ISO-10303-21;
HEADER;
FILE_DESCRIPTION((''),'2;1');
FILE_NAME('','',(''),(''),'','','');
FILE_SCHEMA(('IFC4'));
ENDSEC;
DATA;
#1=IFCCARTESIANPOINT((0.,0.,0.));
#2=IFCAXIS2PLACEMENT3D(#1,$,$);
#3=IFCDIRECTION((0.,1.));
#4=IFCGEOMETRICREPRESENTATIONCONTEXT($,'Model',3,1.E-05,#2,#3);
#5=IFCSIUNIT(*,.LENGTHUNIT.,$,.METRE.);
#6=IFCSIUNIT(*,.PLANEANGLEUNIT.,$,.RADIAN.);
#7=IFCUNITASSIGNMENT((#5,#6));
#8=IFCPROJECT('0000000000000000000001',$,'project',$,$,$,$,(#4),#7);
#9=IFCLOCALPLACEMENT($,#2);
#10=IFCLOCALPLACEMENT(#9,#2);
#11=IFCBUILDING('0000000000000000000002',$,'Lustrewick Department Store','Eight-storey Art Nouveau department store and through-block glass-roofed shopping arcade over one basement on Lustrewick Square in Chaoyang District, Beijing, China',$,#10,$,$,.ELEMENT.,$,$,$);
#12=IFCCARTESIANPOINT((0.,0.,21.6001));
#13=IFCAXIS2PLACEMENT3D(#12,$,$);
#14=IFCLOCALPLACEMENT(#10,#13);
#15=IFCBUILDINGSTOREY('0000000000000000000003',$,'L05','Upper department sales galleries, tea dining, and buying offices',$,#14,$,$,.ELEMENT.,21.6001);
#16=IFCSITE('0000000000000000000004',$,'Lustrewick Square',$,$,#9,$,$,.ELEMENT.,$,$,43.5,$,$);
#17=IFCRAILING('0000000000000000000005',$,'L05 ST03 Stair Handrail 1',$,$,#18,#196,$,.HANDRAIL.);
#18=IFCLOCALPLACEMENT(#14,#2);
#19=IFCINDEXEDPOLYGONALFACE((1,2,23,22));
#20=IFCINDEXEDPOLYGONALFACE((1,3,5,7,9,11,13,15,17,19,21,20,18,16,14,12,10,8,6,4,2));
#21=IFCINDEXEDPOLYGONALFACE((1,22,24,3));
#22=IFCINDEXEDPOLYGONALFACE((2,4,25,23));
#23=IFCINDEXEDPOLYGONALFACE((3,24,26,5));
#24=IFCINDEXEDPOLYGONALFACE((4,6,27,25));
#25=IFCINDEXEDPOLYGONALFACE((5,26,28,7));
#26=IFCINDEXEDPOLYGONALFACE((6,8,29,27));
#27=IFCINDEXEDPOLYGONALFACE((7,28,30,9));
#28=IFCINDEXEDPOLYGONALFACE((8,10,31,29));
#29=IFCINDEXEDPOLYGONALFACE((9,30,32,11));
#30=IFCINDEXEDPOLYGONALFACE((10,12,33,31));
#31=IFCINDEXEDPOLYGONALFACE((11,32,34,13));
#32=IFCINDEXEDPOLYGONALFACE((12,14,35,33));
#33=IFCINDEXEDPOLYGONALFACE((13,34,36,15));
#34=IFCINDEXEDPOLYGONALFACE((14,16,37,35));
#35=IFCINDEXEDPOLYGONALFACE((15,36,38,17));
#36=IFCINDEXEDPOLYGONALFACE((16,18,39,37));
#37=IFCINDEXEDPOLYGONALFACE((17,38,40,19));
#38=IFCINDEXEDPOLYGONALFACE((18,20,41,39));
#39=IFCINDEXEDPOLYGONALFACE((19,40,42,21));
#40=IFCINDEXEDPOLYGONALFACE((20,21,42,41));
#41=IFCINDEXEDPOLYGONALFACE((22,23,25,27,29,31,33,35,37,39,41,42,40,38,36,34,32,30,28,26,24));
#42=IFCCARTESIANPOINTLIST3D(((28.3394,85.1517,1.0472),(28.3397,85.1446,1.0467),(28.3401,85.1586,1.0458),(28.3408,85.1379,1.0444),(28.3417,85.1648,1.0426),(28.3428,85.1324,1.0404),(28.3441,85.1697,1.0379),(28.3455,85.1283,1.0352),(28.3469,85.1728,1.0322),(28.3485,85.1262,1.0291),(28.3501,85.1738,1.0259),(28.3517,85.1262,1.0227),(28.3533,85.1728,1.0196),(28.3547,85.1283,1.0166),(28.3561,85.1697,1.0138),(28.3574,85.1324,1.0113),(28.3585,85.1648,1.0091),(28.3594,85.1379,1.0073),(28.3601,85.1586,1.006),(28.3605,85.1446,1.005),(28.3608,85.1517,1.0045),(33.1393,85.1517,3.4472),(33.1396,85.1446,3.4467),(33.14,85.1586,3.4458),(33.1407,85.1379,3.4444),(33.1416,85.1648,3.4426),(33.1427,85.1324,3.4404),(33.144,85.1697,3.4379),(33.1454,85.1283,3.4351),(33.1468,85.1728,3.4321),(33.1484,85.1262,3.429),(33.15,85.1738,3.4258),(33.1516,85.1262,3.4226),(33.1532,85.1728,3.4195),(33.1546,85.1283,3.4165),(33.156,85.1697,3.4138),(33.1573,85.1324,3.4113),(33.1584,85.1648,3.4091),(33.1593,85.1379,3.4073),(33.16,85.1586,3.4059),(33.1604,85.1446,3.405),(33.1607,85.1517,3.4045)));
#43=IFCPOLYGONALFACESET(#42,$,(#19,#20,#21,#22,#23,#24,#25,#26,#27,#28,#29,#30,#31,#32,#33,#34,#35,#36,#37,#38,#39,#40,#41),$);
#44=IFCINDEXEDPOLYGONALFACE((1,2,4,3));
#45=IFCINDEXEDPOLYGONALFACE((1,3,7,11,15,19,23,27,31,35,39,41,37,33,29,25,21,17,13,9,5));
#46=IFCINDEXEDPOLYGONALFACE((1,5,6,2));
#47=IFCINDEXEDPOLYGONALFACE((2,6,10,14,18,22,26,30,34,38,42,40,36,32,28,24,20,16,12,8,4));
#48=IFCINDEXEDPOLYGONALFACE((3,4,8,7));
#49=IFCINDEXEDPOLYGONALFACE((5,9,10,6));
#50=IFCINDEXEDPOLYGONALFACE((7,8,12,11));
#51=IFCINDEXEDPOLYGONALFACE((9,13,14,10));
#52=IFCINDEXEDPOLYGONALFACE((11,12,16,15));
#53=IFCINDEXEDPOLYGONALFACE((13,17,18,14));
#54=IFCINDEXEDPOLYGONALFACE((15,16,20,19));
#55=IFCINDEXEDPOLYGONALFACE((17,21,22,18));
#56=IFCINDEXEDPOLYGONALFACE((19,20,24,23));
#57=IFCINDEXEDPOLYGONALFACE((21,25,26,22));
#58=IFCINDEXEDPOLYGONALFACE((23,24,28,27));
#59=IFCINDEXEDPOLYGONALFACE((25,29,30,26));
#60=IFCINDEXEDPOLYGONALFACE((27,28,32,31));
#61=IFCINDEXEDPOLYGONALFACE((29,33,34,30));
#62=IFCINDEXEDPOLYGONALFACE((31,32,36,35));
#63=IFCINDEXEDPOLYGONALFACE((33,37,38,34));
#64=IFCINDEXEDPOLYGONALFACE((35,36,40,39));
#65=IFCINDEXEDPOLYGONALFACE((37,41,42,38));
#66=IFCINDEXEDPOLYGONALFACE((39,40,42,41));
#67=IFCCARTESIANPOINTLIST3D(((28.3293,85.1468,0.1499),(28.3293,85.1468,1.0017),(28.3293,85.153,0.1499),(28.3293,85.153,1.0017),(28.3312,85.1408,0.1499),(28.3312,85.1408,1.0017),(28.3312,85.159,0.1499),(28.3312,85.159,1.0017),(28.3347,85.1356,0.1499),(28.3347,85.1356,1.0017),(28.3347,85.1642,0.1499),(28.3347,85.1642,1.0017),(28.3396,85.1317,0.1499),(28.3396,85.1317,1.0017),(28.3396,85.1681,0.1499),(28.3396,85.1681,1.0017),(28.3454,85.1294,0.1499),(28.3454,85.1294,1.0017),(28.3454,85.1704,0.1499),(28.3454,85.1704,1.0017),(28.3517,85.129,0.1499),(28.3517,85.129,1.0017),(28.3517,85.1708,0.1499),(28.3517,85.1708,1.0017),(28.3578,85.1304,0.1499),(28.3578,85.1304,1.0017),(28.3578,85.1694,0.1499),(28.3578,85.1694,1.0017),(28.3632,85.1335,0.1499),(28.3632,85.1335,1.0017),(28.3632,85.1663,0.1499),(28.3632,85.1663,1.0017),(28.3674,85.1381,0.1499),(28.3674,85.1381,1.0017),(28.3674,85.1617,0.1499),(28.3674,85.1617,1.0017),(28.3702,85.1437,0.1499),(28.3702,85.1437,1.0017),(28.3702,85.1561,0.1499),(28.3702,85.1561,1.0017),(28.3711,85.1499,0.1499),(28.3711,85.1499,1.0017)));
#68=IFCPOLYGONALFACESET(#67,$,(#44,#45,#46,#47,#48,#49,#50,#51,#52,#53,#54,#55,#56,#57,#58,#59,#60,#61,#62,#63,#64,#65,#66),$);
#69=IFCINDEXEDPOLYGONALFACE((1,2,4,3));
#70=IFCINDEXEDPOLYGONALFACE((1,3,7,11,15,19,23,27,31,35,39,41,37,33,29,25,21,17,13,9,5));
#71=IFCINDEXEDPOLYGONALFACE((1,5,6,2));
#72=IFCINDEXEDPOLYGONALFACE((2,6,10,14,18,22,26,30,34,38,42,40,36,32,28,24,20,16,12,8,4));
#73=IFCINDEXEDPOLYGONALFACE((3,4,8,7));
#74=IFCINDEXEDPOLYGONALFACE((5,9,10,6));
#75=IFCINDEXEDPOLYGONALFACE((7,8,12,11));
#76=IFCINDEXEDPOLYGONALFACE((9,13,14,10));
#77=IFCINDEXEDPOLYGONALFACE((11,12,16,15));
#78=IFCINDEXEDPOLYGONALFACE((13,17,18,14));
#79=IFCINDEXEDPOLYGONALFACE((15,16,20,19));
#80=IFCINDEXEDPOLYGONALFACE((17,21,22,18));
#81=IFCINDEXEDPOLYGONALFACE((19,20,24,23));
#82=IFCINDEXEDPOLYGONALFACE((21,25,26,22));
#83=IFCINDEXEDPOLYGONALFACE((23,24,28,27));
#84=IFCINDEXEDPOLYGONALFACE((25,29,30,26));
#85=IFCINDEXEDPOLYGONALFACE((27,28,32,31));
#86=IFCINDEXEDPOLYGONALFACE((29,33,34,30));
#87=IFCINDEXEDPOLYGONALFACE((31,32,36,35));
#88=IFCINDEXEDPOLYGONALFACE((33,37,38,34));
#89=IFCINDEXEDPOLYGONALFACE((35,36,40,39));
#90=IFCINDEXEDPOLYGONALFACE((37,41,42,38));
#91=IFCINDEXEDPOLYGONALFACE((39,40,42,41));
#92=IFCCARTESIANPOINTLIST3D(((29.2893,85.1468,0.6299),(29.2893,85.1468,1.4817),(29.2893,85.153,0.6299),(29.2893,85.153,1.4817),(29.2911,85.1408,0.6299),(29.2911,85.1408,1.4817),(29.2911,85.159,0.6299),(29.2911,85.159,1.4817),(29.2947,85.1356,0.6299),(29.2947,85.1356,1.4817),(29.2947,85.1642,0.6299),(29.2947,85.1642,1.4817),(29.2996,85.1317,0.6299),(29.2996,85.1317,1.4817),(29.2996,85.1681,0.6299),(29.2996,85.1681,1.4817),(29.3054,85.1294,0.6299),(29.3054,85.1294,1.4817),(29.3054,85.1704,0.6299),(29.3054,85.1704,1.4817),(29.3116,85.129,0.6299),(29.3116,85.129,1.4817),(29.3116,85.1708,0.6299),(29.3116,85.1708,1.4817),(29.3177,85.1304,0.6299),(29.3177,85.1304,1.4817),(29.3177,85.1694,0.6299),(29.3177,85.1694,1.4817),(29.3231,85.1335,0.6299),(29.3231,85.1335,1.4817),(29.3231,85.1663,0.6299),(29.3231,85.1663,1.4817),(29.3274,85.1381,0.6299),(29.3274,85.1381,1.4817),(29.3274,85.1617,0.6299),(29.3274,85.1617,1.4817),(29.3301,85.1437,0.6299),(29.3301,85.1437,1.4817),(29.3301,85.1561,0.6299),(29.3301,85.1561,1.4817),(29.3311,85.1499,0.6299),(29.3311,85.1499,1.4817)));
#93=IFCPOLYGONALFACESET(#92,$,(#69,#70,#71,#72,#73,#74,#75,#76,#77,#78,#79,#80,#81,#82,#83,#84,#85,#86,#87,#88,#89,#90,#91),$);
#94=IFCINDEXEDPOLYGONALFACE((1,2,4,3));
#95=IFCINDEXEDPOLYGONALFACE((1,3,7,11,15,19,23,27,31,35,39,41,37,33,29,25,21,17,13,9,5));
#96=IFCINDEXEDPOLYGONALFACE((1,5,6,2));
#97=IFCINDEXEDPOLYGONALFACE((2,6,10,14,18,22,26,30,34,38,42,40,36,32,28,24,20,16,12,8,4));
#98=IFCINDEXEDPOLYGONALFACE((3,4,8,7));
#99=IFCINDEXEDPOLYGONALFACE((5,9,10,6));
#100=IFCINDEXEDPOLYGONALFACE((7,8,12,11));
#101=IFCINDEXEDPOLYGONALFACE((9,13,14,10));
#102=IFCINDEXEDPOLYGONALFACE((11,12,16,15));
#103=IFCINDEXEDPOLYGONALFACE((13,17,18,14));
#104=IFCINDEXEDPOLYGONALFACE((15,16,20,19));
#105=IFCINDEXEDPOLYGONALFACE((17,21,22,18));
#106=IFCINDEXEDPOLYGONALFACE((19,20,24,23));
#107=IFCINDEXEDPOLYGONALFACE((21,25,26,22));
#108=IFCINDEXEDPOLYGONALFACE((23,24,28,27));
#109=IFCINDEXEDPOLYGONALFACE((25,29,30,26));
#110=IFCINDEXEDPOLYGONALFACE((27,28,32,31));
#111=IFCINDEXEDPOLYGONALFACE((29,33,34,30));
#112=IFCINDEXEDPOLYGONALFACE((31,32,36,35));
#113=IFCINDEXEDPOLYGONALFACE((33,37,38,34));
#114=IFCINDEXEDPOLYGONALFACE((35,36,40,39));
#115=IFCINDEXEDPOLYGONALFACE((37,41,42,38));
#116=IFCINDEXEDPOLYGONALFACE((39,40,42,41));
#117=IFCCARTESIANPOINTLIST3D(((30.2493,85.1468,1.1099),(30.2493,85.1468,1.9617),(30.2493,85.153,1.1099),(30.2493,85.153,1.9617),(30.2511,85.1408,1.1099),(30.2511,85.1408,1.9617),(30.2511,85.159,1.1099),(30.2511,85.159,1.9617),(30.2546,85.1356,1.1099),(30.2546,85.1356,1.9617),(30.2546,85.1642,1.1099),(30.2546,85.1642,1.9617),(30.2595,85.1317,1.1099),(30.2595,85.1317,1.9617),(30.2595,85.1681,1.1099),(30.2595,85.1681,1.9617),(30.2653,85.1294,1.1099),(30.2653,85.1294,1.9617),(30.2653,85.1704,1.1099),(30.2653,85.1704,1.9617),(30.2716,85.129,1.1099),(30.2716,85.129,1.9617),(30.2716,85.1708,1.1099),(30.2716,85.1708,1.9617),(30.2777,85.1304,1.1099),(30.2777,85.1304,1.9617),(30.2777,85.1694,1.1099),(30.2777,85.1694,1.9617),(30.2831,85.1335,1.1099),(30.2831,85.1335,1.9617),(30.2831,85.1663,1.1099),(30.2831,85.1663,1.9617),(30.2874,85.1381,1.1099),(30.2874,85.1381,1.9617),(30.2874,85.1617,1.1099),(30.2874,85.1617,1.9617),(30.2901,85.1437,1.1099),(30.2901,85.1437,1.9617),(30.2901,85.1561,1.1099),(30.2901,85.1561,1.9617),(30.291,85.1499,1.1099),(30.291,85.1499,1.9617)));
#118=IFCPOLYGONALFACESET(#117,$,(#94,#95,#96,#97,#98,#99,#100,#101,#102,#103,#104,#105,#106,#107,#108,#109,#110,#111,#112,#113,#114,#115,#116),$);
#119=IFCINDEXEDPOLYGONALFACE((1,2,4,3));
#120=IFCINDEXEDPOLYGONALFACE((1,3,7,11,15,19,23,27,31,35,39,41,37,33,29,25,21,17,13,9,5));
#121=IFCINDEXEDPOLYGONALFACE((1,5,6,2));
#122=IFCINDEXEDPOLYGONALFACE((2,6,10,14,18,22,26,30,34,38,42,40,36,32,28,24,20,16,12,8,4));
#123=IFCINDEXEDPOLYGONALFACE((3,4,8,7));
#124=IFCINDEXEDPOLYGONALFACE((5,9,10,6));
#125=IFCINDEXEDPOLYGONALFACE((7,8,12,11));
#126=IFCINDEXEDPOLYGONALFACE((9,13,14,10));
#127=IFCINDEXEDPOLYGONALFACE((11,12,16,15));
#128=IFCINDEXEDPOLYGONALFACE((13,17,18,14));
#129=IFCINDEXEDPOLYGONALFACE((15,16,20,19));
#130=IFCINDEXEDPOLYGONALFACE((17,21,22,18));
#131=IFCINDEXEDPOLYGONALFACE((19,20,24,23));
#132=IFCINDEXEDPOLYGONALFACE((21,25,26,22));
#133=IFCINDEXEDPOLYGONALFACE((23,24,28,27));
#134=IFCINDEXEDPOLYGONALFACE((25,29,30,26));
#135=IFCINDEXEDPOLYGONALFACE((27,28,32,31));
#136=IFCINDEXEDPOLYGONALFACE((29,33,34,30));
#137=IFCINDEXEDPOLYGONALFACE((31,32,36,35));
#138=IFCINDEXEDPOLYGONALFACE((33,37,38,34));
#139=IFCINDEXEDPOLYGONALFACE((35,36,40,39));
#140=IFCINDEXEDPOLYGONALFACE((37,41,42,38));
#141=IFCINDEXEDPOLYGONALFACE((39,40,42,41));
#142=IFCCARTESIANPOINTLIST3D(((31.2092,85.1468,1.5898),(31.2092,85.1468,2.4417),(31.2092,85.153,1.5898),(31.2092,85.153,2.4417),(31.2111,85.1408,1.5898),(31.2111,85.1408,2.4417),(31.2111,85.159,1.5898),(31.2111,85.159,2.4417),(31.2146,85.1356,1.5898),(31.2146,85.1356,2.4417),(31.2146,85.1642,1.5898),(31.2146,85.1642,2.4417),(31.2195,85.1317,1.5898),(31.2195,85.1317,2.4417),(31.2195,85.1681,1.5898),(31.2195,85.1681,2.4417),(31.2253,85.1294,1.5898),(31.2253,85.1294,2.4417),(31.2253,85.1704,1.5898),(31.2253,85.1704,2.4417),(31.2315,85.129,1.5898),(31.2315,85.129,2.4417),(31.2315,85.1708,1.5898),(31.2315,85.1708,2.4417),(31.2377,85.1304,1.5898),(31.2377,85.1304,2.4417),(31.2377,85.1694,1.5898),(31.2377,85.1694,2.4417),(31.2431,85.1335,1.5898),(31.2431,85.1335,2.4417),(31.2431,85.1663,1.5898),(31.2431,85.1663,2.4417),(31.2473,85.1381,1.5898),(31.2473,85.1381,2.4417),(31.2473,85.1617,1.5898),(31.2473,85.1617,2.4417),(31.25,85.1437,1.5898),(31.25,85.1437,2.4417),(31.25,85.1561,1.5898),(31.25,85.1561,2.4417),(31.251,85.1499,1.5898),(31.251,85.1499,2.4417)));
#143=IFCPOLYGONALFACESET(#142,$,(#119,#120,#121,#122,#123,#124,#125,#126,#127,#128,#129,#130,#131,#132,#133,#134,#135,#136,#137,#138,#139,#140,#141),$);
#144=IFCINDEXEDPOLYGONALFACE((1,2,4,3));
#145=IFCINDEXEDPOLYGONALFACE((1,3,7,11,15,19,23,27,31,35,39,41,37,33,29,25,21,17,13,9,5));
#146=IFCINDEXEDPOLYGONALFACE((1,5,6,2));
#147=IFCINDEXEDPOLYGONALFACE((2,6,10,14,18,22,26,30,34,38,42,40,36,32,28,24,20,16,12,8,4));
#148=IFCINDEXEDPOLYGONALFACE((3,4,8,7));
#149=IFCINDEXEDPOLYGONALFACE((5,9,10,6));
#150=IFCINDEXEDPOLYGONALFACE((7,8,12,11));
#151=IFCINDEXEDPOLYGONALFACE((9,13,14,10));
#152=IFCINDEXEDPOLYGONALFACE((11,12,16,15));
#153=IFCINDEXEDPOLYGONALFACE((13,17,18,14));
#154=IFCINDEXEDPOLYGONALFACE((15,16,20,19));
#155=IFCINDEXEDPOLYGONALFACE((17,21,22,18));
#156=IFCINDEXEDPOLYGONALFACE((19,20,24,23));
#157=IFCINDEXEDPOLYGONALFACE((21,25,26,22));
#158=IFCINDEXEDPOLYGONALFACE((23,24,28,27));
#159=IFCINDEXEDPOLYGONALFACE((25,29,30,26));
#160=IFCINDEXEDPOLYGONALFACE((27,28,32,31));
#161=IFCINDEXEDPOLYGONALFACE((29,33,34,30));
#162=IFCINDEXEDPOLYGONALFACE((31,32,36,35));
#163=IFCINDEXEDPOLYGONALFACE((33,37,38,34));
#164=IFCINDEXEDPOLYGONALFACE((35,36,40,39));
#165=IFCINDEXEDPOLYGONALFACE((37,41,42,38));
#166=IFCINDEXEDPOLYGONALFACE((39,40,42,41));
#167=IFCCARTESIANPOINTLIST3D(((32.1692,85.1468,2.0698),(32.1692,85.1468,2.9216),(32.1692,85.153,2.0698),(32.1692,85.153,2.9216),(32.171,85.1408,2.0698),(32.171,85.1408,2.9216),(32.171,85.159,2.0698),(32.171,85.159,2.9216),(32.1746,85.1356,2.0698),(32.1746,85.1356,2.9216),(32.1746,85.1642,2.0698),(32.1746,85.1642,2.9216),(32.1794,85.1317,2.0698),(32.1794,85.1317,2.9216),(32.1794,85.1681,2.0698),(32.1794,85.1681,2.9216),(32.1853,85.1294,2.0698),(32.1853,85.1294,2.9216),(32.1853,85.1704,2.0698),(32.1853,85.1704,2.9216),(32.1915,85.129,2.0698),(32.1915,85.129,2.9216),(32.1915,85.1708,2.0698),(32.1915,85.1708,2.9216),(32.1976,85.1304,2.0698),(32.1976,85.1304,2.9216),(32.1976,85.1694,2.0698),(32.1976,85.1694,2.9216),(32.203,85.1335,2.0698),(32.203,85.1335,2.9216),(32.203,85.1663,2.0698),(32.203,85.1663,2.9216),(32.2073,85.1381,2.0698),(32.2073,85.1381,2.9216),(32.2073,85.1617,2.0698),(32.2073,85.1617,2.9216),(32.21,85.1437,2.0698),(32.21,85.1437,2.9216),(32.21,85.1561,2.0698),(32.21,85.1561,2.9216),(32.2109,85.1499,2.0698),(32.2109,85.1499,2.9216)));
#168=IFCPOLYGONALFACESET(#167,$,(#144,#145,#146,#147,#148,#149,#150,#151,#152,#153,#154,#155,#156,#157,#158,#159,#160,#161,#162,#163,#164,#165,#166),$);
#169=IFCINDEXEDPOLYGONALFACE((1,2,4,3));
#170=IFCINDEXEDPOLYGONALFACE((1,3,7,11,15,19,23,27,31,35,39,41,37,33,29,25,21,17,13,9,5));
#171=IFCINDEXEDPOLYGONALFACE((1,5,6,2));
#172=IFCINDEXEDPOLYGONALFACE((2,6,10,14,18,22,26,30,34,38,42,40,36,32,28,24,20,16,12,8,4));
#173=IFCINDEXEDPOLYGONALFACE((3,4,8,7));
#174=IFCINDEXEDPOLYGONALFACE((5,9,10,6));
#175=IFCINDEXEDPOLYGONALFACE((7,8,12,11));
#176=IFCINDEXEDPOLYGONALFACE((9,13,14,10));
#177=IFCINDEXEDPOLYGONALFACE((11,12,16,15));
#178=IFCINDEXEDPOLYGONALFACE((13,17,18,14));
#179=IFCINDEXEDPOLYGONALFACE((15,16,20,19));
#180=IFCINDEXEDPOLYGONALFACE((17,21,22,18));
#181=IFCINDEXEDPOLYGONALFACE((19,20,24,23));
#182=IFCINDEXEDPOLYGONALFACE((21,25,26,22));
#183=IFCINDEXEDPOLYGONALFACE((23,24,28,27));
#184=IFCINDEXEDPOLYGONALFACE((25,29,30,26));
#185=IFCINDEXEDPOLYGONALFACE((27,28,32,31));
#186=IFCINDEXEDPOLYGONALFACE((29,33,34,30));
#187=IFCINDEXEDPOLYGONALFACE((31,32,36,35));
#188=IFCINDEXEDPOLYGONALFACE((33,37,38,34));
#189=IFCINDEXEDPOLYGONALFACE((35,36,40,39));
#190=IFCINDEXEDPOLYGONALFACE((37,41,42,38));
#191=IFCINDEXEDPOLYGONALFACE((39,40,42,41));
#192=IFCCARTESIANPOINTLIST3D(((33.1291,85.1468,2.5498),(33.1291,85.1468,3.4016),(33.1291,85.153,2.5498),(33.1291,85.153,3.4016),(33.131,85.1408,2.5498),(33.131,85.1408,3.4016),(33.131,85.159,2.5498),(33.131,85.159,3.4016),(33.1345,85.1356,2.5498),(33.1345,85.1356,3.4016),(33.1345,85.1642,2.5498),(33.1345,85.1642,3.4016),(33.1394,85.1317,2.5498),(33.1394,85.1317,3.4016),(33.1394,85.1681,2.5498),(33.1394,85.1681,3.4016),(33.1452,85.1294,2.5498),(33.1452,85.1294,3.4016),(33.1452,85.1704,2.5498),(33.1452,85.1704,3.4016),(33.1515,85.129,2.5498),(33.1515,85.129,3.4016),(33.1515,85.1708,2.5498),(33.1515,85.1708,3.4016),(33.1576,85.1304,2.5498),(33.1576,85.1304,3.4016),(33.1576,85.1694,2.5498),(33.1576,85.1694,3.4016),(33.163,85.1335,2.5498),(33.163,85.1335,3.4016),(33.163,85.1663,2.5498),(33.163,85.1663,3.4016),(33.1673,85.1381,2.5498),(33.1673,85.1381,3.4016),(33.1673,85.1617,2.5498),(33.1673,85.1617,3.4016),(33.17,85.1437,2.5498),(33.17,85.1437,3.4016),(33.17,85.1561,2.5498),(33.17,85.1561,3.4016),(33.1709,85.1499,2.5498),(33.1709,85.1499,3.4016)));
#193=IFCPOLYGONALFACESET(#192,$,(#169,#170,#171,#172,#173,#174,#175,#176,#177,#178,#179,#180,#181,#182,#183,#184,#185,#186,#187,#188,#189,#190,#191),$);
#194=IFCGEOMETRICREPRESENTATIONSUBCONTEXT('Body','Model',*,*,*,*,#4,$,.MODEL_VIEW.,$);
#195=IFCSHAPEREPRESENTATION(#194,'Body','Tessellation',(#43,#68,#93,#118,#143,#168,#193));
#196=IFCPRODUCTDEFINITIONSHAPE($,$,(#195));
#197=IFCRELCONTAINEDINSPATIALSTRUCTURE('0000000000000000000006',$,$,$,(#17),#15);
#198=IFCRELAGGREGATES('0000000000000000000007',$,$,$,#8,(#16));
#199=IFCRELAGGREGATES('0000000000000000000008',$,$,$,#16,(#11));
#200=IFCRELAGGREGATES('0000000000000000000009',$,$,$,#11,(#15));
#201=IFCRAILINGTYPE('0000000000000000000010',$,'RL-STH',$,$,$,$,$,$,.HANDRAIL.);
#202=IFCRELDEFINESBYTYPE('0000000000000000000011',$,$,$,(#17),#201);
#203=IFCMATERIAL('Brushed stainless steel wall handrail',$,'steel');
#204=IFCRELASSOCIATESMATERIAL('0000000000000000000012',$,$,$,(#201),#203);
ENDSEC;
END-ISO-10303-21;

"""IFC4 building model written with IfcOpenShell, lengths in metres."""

from ifc_helpers import new_model, si_unit, direction, frame, origin, origin_2d, place, context, subcontext, project, spatial, circle, extrude, material, type_object, element, save


model = new_model("IFC4")

# Units and contexts
model_context = context("Model", 3, precision=1e-05, world=origin(), true_north=direction((0.0, 1.0)))
body_context = subcontext(model_context, "Body", "Model", "MODEL_VIEW")
ifc_project = project(units=[si_unit("LENGTHUNIT", "METRE"), si_unit("PLANEANGLEUNIT", "RADIAN")], contexts=[model_context])

# Site, building, storey
site_placement = place(None, origin())
site = spatial("IfcSite", under=ifc_project, at=site_placement, Name="Lustrewick Square", CompositionType="ELEMENT", RefElevation=43.5)
building_placement = place(site_placement, origin())
building = spatial("IfcBuilding", under=site, at=building_placement, Name="Lustrewick Department Store", Description="Eight-storey Art Nouveau department store and through-block glass-roofed shopping arcade over one basement on Lustrewick Square in Chaoyang District, Beijing, China", CompositionType="ELEMENT")
storey_placement = place(building_placement, frame((0.0, 0.0, 21.6001)))
storey = spatial("IfcBuildingStorey", under=building, at=storey_placement, Name="L05", Description="Upper department sales galleries, tea dining, and buying offices", CompositionType="ELEMENT", Elevation=21.6001)

# Railing
ifc_material_1 = material(Name="Brushed stainless steel wall handrail", Category="steel")
railing_type_1 = type_object("IfcRailingType", Name="RL-STH", PredefinedType="HANDRAIL", material=ifc_material_1)
railing_1_placement = place(storey_placement, frame((28.3501, 85.1499, 0.1499)))
element("IfcRailing", 1, at=railing_1_placement, inside=storey, type_object=railing_type_1, Name="L05 ST03 Stair Handrail 1", PredefinedType="HANDRAIL", context=body_context, shape_type="SweptSolid", body=[
    extrude(circle(Radius=0.0239, at=origin_2d()), frame((0.0, 0.0, 0.876), z_axis=(0.894427, 0.0, 0.447214), x_axis=(0.0, 1.0, 0.0)), (0.0, 0.0, 1.0), 5.3665),
    extrude(circle(Radius=0.021, at=origin_2d()), origin(), (0.0, 0.0, 1.0), 0.8518),
    extrude(circle(Radius=0.021, at=origin_2d()), frame((0.96, 0.0, 0.48)), (0.0, 0.0, 1.0), 0.8518),
    extrude(circle(Radius=0.021, at=origin_2d()), frame((1.9199, 0.0, 0.96)), (0.0, 0.0, 1.0), 0.8518),
    extrude(circle(Radius=0.021, at=origin_2d()), frame((2.8799, 0.0, 1.4399)), (0.0, 0.0, 1.0), 0.8518),
    extrude(circle(Radius=0.021, at=origin_2d()), frame((3.8398, 0.0, 1.9199)), (0.0, 0.0, 1.0), 0.8518),
    extrude(circle(Radius=0.021, at=origin_2d()), frame((4.7998, 0.0, 2.3999)), (0.0, 0.0, 1.0), 0.8518),
])

save(model, "model.ifc")
